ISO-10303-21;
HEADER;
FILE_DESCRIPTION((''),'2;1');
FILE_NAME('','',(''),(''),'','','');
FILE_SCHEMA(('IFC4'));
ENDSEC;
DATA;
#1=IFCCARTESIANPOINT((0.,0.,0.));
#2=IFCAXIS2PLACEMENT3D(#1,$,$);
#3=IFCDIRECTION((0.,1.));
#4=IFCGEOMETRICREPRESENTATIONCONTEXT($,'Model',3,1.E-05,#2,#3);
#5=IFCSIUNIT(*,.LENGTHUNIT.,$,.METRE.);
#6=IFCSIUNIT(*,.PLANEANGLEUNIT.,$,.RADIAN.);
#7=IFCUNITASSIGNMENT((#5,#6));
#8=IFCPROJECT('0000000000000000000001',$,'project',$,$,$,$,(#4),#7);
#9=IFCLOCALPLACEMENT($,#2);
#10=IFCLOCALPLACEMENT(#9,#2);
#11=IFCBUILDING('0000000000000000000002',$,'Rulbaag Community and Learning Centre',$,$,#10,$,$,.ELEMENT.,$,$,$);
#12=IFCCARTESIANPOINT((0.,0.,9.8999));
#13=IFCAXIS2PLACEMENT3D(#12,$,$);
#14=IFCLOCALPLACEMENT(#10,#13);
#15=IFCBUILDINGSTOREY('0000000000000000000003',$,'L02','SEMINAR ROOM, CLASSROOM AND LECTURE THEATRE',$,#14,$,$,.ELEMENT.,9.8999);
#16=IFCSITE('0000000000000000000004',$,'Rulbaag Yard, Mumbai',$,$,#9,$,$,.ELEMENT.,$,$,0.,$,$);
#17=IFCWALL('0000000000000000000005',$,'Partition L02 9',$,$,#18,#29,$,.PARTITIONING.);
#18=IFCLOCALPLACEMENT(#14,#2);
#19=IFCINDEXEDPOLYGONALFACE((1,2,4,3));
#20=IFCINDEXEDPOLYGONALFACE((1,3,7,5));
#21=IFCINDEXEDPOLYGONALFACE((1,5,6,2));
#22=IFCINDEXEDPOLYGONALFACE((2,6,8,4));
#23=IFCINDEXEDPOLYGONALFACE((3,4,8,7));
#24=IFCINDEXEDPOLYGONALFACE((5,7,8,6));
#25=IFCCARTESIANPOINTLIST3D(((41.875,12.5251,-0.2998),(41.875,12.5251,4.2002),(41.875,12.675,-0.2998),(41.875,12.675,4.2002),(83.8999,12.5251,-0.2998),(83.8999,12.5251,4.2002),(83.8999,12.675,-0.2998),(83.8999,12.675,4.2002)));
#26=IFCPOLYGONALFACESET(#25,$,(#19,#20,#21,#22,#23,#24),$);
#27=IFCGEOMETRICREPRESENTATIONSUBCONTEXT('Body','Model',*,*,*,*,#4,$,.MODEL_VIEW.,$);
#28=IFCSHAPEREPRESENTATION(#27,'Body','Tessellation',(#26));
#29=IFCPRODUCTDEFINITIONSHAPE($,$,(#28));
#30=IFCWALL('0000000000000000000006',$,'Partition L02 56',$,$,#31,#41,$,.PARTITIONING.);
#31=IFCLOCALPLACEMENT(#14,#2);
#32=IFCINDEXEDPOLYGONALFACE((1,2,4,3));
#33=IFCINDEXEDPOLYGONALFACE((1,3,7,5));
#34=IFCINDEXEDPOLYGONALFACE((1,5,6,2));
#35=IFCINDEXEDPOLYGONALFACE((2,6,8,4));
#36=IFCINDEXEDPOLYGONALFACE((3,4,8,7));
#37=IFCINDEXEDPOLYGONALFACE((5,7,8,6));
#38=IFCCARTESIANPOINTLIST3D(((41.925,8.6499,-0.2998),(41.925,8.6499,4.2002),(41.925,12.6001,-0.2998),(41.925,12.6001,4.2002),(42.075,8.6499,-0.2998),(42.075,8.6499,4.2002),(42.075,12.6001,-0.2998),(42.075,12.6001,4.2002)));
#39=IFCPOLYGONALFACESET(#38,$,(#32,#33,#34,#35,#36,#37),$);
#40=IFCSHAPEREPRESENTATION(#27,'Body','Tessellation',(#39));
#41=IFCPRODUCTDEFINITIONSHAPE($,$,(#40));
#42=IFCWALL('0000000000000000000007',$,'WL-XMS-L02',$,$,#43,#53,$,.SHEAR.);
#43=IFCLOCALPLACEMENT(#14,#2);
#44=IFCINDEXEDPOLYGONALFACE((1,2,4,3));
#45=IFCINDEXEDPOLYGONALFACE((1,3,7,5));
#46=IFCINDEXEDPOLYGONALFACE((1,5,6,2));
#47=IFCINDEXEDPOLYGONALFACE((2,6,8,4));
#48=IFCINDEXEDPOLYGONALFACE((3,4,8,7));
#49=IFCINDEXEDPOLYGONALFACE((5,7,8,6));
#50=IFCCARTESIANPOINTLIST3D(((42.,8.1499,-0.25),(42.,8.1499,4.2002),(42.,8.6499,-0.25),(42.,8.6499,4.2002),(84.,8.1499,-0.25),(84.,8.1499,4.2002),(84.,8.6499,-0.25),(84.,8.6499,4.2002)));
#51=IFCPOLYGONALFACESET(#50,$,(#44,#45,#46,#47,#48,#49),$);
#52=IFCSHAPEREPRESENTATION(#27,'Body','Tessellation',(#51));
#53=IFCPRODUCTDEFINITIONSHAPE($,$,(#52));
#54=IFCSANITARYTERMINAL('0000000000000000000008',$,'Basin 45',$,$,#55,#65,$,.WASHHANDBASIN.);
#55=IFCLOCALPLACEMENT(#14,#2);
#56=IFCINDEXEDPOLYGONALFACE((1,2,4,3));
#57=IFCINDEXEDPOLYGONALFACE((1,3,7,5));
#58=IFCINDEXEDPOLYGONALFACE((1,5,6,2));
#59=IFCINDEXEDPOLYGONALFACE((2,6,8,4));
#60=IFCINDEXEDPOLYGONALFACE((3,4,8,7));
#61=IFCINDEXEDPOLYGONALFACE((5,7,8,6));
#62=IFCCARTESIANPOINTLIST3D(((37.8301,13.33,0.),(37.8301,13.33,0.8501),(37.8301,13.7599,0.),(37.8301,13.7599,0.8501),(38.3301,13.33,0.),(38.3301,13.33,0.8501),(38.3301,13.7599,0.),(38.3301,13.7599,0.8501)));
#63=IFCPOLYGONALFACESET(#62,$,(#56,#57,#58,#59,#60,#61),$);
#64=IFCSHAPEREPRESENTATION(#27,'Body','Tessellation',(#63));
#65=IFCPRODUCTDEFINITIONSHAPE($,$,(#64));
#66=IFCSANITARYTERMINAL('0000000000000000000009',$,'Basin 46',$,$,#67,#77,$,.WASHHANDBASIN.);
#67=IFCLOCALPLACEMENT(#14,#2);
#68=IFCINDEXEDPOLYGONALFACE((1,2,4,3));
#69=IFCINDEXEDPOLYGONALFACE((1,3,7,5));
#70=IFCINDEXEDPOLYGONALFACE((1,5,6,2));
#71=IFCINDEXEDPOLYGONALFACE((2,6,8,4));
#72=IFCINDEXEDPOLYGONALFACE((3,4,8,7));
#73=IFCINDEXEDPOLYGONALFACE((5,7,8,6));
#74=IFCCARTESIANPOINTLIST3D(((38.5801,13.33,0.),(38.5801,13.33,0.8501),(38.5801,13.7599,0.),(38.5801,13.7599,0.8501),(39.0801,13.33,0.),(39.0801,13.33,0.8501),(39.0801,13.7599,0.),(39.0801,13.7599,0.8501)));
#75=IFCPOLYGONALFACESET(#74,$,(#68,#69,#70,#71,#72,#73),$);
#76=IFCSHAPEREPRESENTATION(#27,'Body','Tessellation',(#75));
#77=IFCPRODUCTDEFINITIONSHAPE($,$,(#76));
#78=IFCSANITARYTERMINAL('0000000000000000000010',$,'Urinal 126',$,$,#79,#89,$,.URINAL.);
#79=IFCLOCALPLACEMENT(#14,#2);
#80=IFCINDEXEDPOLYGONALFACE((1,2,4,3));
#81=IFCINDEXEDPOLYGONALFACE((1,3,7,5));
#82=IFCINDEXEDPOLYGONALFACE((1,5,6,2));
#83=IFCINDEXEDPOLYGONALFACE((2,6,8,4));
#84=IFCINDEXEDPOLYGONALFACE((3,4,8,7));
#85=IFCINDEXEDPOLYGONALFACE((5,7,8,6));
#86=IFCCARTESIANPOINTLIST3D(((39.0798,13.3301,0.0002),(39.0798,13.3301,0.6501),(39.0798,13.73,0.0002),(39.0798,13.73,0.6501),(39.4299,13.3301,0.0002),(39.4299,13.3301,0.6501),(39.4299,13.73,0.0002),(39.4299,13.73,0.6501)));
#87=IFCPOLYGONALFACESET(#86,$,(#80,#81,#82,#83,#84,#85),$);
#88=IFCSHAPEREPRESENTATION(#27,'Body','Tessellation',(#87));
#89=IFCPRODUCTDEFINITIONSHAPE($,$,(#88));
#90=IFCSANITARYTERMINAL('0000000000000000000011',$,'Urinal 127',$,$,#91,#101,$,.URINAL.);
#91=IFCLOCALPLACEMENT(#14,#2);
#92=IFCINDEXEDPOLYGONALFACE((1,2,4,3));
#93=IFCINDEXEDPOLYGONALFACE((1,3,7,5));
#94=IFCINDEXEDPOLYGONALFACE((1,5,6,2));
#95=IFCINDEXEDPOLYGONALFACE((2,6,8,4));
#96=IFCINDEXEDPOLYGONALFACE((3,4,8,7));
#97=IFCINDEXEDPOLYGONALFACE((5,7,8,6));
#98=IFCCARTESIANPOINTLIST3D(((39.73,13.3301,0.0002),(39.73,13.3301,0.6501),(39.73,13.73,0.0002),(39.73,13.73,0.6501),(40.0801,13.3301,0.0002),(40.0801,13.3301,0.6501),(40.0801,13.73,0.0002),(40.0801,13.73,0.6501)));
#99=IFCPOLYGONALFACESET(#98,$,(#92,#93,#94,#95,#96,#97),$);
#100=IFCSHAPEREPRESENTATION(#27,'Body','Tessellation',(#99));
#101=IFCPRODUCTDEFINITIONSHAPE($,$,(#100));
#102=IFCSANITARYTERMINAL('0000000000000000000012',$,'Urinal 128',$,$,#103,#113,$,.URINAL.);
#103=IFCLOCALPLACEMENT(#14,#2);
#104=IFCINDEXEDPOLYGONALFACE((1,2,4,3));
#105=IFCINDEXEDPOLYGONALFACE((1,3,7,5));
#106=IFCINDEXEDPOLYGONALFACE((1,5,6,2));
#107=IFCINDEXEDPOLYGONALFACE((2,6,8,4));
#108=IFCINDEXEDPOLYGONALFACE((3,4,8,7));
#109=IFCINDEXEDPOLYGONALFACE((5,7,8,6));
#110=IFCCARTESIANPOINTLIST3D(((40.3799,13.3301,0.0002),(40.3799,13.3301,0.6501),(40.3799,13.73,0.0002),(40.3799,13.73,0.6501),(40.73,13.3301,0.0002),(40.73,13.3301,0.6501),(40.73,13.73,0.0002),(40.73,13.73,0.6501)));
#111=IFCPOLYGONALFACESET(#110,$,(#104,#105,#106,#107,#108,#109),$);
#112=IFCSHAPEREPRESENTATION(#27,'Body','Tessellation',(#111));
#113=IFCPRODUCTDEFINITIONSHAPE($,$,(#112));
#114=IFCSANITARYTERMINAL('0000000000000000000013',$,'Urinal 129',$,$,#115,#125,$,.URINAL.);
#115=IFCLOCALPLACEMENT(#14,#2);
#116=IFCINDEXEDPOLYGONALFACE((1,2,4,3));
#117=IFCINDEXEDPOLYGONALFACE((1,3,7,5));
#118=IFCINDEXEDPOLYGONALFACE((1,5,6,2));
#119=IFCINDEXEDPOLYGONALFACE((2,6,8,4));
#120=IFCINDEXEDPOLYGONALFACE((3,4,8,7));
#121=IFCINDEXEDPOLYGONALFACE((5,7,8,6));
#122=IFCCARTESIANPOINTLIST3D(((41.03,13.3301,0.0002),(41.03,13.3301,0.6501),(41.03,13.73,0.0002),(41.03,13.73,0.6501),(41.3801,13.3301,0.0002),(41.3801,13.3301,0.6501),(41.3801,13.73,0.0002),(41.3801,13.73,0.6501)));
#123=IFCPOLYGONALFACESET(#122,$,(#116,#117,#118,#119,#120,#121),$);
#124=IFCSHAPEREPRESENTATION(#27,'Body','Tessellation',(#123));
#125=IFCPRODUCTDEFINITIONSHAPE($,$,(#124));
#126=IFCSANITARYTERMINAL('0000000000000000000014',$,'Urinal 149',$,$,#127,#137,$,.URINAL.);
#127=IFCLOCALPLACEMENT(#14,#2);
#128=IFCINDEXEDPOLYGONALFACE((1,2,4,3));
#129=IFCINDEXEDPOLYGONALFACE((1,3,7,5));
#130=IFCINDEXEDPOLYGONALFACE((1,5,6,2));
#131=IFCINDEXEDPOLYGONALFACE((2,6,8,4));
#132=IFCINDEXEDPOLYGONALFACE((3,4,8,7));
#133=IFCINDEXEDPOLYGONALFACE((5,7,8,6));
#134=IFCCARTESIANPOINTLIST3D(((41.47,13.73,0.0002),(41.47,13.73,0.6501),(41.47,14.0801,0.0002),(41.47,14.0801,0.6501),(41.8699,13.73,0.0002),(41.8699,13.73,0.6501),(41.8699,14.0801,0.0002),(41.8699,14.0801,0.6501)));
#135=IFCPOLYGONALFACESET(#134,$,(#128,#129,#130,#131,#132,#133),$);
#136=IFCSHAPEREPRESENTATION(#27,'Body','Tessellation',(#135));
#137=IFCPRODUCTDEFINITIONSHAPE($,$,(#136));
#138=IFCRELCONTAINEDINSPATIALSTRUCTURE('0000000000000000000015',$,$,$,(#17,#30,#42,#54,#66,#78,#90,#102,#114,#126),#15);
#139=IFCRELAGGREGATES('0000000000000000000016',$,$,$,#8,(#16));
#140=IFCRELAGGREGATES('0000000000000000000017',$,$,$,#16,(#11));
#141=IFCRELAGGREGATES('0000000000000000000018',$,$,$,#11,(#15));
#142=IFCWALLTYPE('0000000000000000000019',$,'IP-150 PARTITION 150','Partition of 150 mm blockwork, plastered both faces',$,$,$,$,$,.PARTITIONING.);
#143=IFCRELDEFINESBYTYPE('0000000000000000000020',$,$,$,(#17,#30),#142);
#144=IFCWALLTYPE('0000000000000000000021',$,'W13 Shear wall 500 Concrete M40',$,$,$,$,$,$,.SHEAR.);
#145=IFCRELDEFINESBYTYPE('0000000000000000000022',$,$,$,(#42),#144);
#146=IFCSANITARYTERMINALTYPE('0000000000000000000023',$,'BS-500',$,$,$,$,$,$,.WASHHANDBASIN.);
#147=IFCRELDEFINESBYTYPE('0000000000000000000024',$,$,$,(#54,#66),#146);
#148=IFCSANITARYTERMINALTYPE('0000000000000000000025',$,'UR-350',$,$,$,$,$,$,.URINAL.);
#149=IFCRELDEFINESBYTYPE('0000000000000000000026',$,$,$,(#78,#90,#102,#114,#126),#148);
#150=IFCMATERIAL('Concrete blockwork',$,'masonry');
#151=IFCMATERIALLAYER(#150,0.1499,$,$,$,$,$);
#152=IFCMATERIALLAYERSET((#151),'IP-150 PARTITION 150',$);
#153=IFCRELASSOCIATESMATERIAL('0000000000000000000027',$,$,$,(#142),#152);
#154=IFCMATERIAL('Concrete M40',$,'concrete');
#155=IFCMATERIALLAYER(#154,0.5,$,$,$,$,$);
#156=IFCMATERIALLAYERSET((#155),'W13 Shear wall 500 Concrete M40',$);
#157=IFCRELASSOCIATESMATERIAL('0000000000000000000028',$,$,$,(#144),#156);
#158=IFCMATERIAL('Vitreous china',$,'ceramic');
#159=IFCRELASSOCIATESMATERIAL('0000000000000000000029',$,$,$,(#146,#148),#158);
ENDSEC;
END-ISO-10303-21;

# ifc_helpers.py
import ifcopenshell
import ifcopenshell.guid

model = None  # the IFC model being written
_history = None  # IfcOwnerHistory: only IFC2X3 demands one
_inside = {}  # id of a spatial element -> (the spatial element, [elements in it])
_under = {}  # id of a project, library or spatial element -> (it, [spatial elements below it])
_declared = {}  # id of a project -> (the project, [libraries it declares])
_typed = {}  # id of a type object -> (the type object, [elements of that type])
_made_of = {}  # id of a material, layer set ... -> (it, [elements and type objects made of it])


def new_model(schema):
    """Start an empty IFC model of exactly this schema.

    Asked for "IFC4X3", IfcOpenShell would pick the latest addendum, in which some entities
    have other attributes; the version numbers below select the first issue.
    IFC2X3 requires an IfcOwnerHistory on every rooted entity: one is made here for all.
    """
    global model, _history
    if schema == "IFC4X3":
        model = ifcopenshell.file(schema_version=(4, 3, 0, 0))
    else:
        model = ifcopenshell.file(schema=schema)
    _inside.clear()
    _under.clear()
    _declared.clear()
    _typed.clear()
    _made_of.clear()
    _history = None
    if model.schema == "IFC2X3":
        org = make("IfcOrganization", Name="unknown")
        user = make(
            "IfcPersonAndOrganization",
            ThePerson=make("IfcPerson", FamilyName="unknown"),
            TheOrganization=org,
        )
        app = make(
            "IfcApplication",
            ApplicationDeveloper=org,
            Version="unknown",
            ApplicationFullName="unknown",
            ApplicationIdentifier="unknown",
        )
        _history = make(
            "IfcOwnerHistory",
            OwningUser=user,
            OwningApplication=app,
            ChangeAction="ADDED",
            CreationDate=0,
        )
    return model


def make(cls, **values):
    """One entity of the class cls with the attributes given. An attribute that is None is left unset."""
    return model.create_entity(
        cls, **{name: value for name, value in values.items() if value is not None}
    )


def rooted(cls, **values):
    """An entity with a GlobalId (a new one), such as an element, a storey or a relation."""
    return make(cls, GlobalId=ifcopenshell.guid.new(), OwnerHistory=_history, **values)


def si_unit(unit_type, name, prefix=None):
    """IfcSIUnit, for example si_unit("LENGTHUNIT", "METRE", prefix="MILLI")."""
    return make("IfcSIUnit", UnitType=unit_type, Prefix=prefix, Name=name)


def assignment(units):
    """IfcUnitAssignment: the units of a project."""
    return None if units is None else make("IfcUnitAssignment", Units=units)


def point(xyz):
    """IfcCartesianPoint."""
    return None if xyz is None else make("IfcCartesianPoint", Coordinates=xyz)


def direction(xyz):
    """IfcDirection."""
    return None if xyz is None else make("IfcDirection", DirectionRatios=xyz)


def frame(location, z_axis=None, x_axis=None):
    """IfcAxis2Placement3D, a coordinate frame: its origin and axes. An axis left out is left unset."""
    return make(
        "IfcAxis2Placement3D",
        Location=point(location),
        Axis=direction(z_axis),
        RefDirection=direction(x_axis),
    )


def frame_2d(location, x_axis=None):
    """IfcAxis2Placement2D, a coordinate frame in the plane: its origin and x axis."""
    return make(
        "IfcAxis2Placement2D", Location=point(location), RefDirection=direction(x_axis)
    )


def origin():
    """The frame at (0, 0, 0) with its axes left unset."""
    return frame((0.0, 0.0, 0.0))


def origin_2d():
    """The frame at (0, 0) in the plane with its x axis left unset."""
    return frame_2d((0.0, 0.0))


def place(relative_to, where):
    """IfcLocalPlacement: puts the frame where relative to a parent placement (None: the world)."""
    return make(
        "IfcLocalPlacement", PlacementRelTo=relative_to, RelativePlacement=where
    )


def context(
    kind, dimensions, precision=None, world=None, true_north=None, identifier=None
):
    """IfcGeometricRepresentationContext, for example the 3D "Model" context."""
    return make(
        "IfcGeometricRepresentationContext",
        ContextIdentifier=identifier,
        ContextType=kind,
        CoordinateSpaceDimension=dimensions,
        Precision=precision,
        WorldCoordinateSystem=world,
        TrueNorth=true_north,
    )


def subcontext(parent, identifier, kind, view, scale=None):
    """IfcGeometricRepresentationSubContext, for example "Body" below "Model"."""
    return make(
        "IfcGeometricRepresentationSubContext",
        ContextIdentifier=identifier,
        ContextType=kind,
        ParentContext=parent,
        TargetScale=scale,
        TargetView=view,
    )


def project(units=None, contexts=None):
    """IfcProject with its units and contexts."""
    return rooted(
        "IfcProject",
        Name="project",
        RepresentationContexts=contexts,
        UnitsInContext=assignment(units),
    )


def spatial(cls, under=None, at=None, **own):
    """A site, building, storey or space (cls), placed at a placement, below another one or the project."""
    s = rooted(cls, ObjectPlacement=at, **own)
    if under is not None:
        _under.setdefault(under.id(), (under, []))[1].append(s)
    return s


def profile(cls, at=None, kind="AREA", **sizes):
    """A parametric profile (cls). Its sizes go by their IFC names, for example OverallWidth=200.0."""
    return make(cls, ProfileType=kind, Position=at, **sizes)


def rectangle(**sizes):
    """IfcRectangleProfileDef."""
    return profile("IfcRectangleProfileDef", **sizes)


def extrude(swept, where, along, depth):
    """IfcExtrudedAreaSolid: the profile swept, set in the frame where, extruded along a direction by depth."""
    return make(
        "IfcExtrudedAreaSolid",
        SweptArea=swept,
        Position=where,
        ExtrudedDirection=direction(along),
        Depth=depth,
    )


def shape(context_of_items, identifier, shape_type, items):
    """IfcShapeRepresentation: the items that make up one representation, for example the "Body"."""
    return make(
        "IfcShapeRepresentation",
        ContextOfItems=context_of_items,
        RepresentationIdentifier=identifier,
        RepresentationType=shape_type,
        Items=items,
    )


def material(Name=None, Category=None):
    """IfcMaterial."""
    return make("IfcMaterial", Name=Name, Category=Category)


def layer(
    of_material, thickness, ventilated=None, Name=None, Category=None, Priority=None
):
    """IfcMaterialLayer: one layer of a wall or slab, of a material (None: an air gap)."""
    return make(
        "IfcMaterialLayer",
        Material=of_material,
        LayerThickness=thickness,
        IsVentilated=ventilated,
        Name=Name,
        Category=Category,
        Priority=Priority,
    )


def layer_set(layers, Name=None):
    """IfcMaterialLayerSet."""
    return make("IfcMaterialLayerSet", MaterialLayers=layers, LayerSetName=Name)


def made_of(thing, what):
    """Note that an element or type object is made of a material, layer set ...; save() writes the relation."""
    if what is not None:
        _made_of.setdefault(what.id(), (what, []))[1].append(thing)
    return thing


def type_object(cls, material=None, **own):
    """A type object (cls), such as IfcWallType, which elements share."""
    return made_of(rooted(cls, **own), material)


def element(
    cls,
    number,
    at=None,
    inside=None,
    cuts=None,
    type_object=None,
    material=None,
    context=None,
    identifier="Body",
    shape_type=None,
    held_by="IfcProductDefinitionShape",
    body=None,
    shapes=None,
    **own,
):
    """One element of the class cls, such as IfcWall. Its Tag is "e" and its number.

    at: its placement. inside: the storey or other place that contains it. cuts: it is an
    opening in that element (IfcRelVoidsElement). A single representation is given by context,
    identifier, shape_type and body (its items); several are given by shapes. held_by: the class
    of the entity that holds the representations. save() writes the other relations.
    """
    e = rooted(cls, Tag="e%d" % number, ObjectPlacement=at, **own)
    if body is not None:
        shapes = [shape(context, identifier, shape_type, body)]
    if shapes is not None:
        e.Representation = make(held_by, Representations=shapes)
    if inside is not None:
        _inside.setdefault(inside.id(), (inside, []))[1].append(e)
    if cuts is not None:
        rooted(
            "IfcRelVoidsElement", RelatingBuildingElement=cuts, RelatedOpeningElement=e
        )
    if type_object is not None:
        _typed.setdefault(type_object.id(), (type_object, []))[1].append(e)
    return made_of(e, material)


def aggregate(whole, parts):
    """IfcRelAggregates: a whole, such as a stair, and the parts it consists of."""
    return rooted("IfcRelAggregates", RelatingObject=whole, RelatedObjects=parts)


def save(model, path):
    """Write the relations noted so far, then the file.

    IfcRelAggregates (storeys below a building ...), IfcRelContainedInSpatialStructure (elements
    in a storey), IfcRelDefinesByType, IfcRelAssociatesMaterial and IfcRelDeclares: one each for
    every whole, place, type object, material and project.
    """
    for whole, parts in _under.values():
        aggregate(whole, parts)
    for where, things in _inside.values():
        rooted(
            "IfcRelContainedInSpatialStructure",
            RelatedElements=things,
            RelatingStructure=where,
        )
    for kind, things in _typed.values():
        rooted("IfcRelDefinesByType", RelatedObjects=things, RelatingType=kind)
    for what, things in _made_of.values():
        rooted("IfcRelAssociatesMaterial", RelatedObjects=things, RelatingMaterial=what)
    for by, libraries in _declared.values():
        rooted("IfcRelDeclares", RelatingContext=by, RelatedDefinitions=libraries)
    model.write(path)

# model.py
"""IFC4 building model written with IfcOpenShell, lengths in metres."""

from ifc_helpers import new_model, si_unit, direction, frame, frame_2d, origin, origin_2d, place, context, subcontext, project, spatial, rectangle, extrude, material, layer, layer_set, type_object, element, save


model = new_model("IFC4")

# Units and contexts
model_context = context("Model", 3, precision=1e-05, world=origin(), true_north=direction((0.0, 1.0)))
body_context = subcontext(model_context, "Body", "Model", "MODEL_VIEW")
ifc_project = project(units=[si_unit("LENGTHUNIT", "METRE"), si_unit("PLANEANGLEUNIT", "RADIAN")], contexts=[model_context])

# Site, building, storey
site_placement = place(None, origin())
site = spatial("IfcSite", under=ifc_project, at=site_placement, Name="Rulbaag Yard, Mumbai", CompositionType="ELEMENT", RefElevation=0.0)
building_placement = place(site_placement, origin())
building = spatial("IfcBuilding", under=site, at=building_placement, Name="Rulbaag Community and Learning Centre", CompositionType="ELEMENT")
storey_placement = place(building_placement, frame((0.0, 0.0, 9.8999)))
storey = spatial("IfcBuildingStorey", under=building, at=storey_placement, Name="L02", Description="SEMINAR ROOM, CLASSROOM AND LECTURE THEATRE", CompositionType="ELEMENT", Elevation=9.8999)

# Shared definitions
ifc_material_1 = material(Name="Concrete M40", Category="concrete")

# Shared definitions
ifc_material_2 = material(Name="Concrete blockwork", Category="masonry")

# Walls
ifc_layer_1 = layer(ifc_material_2, 0.1499)
ifc_layer_set_1 = layer_set([ifc_layer_1], Name="IP-150 PARTITION 150")
wall_type_1 = type_object("IfcWallType", Name="IP-150 PARTITION 150", Description="Partition of 150 mm blockwork, plastered both faces", PredefinedType="PARTITIONING", material=ifc_layer_set_1)
wall_1_placement = place(storey_placement, frame((41.875, 12.6001, -0.2998), z_axis=(0.0, 0.0, 1.0), x_axis=(1.0, 0.0, 0.0)))
element("IfcWall", 1, at=wall_1_placement, inside=storey, type_object=wall_type_1, Name="Partition L02 9", PredefinedType="PARTITIONING", context=body_context, shape_type="SweptSolid", body=[
    extrude(rectangle(XDim=42.0249, YDim=0.1499, at=frame_2d((21.0125, 0.0))), origin(), (0.0, 0.0, 1.0), 4.5),
])
wall_2_placement = place(storey_placement, frame((42.0, 8.6499, -0.2998), z_axis=(0.0, 0.0, 1.0), x_axis=(0.0, 1.0, 0.0)))
element("IfcWall", 2, at=wall_2_placement, inside=storey, type_object=wall_type_1, Name="Partition L02 56", PredefinedType="PARTITIONING", context=body_context, shape_type="SweptSolid", body=[
    extrude(rectangle(XDim=3.9502, YDim=0.1499, at=frame_2d((1.9751, 0.0))), origin(), (0.0, 0.0, 1.0), 4.5),
])
ifc_layer_2 = layer(ifc_material_1, 0.5)
ifc_layer_set_2 = layer_set([ifc_layer_2], Name="W13 Shear wall 500 Concrete M40")
wall_type_2 = type_object("IfcWallType", Name="W13 Shear wall 500 Concrete M40", PredefinedType="SHEAR", material=ifc_layer_set_2)
wall_3_placement = place(storey_placement, frame((42.0, 8.3999, -0.25), z_axis=(0.0, 0.0, 1.0), x_axis=(1.0, 0.0, 0.0)))
element("IfcWall", 3, at=wall_3_placement, inside=storey, type_object=wall_type_2, Name="WL-XMS-L02", PredefinedType="SHEAR", context=body_context, shape_type="SweptSolid", body=[
    extrude(rectangle(XDim=42.0, YDim=0.5, at=frame_2d((21.0, 0.0))), origin(), (0.0, 0.0, 1.0), 4.4502),
])

# Sanitary terminals
ifc_material_3 = material(Name="Vitreous china", Category="ceramic")
sanitary_terminal_type_1 = type_object("IfcSanitaryTerminalType", Name="BS-500", PredefinedType="WASHHANDBASIN", material=ifc_material_3)
for number, where, z_axis, x_axis, name in (
    (4, (38.0801, 13.5449, 0.0), (0.0, 0.0, 1.0), (1.0, 0.0, 0.0), "Basin 45"),
    (5, (38.8301, 13.5449, 0.0), (0.0, 0.0, 1.0), (1.0, 0.0, 0.0), "Basin 46"),
):
    element("IfcSanitaryTerminal", number, at=place(storey_placement, frame(where, z_axis=z_axis, x_axis=x_axis)), inside=storey, type_object=sanitary_terminal_type_1, Name=name, PredefinedType="WASHHANDBASIN", context=body_context, shape_type="SweptSolid", body=[
        extrude(rectangle(XDim=0.5, YDim=0.4299, at=origin_2d()), origin(), (0.0, 0.0, 1.0), 0.8501),
    ])
sanitary_terminal_type_2 = type_object("IfcSanitaryTerminalType", Name="UR-350", PredefinedType="URINAL", material=ifc_material_3)
for number, where, z_axis, x_axis, name in (
    (6, (39.2549, 13.53, 0.0002), (0.0, 0.0, 1.0), (1.0, 0.0, 0.0), "Urinal 126"),
    (7, (39.905, 13.53, 0.0002), (0.0, 0.0, 1.0), (1.0, 0.0, 0.0), "Urinal 127"),
    (8, (40.5549, 13.53, 0.0002), (0.0, 0.0, 1.0), (1.0, 0.0, 0.0), "Urinal 128"),
    (9, (41.2051, 13.53, 0.0002), (0.0, 0.0, 1.0), (1.0, 0.0, 0.0), "Urinal 129"),
):
    element("IfcSanitaryTerminal", number, at=place(storey_placement, frame(where, z_axis=z_axis, x_axis=x_axis)), inside=storey, type_object=sanitary_terminal_type_2, Name=name, PredefinedType="URINAL", context=body_context, shape_type="SweptSolid", body=[
        extrude(rectangle(XDim=0.3501, YDim=0.3999, at=origin_2d()), origin(), (0.0, 0.0, 1.0), 0.6499),
    ])
sanitary_terminal_placement = place(storey_placement, frame((41.6699, 13.905, 0.0002), z_axis=(0.0, 0.0, 1.0), x_axis=(1.0, 0.0, 0.0)))
element("IfcSanitaryTerminal", 10, at=sanitary_terminal_placement, inside=storey, type_object=sanitary_terminal_type_2, Name="Urinal 149", PredefinedType="URINAL", context=body_context, shape_type="SweptSolid", body=[
    extrude(rectangle(XDim=0.3999, YDim=0.3501, at=origin_2d()), origin(), (0.0, 0.0, 1.0), 0.6499),
])

save(model, "model.ifc")
